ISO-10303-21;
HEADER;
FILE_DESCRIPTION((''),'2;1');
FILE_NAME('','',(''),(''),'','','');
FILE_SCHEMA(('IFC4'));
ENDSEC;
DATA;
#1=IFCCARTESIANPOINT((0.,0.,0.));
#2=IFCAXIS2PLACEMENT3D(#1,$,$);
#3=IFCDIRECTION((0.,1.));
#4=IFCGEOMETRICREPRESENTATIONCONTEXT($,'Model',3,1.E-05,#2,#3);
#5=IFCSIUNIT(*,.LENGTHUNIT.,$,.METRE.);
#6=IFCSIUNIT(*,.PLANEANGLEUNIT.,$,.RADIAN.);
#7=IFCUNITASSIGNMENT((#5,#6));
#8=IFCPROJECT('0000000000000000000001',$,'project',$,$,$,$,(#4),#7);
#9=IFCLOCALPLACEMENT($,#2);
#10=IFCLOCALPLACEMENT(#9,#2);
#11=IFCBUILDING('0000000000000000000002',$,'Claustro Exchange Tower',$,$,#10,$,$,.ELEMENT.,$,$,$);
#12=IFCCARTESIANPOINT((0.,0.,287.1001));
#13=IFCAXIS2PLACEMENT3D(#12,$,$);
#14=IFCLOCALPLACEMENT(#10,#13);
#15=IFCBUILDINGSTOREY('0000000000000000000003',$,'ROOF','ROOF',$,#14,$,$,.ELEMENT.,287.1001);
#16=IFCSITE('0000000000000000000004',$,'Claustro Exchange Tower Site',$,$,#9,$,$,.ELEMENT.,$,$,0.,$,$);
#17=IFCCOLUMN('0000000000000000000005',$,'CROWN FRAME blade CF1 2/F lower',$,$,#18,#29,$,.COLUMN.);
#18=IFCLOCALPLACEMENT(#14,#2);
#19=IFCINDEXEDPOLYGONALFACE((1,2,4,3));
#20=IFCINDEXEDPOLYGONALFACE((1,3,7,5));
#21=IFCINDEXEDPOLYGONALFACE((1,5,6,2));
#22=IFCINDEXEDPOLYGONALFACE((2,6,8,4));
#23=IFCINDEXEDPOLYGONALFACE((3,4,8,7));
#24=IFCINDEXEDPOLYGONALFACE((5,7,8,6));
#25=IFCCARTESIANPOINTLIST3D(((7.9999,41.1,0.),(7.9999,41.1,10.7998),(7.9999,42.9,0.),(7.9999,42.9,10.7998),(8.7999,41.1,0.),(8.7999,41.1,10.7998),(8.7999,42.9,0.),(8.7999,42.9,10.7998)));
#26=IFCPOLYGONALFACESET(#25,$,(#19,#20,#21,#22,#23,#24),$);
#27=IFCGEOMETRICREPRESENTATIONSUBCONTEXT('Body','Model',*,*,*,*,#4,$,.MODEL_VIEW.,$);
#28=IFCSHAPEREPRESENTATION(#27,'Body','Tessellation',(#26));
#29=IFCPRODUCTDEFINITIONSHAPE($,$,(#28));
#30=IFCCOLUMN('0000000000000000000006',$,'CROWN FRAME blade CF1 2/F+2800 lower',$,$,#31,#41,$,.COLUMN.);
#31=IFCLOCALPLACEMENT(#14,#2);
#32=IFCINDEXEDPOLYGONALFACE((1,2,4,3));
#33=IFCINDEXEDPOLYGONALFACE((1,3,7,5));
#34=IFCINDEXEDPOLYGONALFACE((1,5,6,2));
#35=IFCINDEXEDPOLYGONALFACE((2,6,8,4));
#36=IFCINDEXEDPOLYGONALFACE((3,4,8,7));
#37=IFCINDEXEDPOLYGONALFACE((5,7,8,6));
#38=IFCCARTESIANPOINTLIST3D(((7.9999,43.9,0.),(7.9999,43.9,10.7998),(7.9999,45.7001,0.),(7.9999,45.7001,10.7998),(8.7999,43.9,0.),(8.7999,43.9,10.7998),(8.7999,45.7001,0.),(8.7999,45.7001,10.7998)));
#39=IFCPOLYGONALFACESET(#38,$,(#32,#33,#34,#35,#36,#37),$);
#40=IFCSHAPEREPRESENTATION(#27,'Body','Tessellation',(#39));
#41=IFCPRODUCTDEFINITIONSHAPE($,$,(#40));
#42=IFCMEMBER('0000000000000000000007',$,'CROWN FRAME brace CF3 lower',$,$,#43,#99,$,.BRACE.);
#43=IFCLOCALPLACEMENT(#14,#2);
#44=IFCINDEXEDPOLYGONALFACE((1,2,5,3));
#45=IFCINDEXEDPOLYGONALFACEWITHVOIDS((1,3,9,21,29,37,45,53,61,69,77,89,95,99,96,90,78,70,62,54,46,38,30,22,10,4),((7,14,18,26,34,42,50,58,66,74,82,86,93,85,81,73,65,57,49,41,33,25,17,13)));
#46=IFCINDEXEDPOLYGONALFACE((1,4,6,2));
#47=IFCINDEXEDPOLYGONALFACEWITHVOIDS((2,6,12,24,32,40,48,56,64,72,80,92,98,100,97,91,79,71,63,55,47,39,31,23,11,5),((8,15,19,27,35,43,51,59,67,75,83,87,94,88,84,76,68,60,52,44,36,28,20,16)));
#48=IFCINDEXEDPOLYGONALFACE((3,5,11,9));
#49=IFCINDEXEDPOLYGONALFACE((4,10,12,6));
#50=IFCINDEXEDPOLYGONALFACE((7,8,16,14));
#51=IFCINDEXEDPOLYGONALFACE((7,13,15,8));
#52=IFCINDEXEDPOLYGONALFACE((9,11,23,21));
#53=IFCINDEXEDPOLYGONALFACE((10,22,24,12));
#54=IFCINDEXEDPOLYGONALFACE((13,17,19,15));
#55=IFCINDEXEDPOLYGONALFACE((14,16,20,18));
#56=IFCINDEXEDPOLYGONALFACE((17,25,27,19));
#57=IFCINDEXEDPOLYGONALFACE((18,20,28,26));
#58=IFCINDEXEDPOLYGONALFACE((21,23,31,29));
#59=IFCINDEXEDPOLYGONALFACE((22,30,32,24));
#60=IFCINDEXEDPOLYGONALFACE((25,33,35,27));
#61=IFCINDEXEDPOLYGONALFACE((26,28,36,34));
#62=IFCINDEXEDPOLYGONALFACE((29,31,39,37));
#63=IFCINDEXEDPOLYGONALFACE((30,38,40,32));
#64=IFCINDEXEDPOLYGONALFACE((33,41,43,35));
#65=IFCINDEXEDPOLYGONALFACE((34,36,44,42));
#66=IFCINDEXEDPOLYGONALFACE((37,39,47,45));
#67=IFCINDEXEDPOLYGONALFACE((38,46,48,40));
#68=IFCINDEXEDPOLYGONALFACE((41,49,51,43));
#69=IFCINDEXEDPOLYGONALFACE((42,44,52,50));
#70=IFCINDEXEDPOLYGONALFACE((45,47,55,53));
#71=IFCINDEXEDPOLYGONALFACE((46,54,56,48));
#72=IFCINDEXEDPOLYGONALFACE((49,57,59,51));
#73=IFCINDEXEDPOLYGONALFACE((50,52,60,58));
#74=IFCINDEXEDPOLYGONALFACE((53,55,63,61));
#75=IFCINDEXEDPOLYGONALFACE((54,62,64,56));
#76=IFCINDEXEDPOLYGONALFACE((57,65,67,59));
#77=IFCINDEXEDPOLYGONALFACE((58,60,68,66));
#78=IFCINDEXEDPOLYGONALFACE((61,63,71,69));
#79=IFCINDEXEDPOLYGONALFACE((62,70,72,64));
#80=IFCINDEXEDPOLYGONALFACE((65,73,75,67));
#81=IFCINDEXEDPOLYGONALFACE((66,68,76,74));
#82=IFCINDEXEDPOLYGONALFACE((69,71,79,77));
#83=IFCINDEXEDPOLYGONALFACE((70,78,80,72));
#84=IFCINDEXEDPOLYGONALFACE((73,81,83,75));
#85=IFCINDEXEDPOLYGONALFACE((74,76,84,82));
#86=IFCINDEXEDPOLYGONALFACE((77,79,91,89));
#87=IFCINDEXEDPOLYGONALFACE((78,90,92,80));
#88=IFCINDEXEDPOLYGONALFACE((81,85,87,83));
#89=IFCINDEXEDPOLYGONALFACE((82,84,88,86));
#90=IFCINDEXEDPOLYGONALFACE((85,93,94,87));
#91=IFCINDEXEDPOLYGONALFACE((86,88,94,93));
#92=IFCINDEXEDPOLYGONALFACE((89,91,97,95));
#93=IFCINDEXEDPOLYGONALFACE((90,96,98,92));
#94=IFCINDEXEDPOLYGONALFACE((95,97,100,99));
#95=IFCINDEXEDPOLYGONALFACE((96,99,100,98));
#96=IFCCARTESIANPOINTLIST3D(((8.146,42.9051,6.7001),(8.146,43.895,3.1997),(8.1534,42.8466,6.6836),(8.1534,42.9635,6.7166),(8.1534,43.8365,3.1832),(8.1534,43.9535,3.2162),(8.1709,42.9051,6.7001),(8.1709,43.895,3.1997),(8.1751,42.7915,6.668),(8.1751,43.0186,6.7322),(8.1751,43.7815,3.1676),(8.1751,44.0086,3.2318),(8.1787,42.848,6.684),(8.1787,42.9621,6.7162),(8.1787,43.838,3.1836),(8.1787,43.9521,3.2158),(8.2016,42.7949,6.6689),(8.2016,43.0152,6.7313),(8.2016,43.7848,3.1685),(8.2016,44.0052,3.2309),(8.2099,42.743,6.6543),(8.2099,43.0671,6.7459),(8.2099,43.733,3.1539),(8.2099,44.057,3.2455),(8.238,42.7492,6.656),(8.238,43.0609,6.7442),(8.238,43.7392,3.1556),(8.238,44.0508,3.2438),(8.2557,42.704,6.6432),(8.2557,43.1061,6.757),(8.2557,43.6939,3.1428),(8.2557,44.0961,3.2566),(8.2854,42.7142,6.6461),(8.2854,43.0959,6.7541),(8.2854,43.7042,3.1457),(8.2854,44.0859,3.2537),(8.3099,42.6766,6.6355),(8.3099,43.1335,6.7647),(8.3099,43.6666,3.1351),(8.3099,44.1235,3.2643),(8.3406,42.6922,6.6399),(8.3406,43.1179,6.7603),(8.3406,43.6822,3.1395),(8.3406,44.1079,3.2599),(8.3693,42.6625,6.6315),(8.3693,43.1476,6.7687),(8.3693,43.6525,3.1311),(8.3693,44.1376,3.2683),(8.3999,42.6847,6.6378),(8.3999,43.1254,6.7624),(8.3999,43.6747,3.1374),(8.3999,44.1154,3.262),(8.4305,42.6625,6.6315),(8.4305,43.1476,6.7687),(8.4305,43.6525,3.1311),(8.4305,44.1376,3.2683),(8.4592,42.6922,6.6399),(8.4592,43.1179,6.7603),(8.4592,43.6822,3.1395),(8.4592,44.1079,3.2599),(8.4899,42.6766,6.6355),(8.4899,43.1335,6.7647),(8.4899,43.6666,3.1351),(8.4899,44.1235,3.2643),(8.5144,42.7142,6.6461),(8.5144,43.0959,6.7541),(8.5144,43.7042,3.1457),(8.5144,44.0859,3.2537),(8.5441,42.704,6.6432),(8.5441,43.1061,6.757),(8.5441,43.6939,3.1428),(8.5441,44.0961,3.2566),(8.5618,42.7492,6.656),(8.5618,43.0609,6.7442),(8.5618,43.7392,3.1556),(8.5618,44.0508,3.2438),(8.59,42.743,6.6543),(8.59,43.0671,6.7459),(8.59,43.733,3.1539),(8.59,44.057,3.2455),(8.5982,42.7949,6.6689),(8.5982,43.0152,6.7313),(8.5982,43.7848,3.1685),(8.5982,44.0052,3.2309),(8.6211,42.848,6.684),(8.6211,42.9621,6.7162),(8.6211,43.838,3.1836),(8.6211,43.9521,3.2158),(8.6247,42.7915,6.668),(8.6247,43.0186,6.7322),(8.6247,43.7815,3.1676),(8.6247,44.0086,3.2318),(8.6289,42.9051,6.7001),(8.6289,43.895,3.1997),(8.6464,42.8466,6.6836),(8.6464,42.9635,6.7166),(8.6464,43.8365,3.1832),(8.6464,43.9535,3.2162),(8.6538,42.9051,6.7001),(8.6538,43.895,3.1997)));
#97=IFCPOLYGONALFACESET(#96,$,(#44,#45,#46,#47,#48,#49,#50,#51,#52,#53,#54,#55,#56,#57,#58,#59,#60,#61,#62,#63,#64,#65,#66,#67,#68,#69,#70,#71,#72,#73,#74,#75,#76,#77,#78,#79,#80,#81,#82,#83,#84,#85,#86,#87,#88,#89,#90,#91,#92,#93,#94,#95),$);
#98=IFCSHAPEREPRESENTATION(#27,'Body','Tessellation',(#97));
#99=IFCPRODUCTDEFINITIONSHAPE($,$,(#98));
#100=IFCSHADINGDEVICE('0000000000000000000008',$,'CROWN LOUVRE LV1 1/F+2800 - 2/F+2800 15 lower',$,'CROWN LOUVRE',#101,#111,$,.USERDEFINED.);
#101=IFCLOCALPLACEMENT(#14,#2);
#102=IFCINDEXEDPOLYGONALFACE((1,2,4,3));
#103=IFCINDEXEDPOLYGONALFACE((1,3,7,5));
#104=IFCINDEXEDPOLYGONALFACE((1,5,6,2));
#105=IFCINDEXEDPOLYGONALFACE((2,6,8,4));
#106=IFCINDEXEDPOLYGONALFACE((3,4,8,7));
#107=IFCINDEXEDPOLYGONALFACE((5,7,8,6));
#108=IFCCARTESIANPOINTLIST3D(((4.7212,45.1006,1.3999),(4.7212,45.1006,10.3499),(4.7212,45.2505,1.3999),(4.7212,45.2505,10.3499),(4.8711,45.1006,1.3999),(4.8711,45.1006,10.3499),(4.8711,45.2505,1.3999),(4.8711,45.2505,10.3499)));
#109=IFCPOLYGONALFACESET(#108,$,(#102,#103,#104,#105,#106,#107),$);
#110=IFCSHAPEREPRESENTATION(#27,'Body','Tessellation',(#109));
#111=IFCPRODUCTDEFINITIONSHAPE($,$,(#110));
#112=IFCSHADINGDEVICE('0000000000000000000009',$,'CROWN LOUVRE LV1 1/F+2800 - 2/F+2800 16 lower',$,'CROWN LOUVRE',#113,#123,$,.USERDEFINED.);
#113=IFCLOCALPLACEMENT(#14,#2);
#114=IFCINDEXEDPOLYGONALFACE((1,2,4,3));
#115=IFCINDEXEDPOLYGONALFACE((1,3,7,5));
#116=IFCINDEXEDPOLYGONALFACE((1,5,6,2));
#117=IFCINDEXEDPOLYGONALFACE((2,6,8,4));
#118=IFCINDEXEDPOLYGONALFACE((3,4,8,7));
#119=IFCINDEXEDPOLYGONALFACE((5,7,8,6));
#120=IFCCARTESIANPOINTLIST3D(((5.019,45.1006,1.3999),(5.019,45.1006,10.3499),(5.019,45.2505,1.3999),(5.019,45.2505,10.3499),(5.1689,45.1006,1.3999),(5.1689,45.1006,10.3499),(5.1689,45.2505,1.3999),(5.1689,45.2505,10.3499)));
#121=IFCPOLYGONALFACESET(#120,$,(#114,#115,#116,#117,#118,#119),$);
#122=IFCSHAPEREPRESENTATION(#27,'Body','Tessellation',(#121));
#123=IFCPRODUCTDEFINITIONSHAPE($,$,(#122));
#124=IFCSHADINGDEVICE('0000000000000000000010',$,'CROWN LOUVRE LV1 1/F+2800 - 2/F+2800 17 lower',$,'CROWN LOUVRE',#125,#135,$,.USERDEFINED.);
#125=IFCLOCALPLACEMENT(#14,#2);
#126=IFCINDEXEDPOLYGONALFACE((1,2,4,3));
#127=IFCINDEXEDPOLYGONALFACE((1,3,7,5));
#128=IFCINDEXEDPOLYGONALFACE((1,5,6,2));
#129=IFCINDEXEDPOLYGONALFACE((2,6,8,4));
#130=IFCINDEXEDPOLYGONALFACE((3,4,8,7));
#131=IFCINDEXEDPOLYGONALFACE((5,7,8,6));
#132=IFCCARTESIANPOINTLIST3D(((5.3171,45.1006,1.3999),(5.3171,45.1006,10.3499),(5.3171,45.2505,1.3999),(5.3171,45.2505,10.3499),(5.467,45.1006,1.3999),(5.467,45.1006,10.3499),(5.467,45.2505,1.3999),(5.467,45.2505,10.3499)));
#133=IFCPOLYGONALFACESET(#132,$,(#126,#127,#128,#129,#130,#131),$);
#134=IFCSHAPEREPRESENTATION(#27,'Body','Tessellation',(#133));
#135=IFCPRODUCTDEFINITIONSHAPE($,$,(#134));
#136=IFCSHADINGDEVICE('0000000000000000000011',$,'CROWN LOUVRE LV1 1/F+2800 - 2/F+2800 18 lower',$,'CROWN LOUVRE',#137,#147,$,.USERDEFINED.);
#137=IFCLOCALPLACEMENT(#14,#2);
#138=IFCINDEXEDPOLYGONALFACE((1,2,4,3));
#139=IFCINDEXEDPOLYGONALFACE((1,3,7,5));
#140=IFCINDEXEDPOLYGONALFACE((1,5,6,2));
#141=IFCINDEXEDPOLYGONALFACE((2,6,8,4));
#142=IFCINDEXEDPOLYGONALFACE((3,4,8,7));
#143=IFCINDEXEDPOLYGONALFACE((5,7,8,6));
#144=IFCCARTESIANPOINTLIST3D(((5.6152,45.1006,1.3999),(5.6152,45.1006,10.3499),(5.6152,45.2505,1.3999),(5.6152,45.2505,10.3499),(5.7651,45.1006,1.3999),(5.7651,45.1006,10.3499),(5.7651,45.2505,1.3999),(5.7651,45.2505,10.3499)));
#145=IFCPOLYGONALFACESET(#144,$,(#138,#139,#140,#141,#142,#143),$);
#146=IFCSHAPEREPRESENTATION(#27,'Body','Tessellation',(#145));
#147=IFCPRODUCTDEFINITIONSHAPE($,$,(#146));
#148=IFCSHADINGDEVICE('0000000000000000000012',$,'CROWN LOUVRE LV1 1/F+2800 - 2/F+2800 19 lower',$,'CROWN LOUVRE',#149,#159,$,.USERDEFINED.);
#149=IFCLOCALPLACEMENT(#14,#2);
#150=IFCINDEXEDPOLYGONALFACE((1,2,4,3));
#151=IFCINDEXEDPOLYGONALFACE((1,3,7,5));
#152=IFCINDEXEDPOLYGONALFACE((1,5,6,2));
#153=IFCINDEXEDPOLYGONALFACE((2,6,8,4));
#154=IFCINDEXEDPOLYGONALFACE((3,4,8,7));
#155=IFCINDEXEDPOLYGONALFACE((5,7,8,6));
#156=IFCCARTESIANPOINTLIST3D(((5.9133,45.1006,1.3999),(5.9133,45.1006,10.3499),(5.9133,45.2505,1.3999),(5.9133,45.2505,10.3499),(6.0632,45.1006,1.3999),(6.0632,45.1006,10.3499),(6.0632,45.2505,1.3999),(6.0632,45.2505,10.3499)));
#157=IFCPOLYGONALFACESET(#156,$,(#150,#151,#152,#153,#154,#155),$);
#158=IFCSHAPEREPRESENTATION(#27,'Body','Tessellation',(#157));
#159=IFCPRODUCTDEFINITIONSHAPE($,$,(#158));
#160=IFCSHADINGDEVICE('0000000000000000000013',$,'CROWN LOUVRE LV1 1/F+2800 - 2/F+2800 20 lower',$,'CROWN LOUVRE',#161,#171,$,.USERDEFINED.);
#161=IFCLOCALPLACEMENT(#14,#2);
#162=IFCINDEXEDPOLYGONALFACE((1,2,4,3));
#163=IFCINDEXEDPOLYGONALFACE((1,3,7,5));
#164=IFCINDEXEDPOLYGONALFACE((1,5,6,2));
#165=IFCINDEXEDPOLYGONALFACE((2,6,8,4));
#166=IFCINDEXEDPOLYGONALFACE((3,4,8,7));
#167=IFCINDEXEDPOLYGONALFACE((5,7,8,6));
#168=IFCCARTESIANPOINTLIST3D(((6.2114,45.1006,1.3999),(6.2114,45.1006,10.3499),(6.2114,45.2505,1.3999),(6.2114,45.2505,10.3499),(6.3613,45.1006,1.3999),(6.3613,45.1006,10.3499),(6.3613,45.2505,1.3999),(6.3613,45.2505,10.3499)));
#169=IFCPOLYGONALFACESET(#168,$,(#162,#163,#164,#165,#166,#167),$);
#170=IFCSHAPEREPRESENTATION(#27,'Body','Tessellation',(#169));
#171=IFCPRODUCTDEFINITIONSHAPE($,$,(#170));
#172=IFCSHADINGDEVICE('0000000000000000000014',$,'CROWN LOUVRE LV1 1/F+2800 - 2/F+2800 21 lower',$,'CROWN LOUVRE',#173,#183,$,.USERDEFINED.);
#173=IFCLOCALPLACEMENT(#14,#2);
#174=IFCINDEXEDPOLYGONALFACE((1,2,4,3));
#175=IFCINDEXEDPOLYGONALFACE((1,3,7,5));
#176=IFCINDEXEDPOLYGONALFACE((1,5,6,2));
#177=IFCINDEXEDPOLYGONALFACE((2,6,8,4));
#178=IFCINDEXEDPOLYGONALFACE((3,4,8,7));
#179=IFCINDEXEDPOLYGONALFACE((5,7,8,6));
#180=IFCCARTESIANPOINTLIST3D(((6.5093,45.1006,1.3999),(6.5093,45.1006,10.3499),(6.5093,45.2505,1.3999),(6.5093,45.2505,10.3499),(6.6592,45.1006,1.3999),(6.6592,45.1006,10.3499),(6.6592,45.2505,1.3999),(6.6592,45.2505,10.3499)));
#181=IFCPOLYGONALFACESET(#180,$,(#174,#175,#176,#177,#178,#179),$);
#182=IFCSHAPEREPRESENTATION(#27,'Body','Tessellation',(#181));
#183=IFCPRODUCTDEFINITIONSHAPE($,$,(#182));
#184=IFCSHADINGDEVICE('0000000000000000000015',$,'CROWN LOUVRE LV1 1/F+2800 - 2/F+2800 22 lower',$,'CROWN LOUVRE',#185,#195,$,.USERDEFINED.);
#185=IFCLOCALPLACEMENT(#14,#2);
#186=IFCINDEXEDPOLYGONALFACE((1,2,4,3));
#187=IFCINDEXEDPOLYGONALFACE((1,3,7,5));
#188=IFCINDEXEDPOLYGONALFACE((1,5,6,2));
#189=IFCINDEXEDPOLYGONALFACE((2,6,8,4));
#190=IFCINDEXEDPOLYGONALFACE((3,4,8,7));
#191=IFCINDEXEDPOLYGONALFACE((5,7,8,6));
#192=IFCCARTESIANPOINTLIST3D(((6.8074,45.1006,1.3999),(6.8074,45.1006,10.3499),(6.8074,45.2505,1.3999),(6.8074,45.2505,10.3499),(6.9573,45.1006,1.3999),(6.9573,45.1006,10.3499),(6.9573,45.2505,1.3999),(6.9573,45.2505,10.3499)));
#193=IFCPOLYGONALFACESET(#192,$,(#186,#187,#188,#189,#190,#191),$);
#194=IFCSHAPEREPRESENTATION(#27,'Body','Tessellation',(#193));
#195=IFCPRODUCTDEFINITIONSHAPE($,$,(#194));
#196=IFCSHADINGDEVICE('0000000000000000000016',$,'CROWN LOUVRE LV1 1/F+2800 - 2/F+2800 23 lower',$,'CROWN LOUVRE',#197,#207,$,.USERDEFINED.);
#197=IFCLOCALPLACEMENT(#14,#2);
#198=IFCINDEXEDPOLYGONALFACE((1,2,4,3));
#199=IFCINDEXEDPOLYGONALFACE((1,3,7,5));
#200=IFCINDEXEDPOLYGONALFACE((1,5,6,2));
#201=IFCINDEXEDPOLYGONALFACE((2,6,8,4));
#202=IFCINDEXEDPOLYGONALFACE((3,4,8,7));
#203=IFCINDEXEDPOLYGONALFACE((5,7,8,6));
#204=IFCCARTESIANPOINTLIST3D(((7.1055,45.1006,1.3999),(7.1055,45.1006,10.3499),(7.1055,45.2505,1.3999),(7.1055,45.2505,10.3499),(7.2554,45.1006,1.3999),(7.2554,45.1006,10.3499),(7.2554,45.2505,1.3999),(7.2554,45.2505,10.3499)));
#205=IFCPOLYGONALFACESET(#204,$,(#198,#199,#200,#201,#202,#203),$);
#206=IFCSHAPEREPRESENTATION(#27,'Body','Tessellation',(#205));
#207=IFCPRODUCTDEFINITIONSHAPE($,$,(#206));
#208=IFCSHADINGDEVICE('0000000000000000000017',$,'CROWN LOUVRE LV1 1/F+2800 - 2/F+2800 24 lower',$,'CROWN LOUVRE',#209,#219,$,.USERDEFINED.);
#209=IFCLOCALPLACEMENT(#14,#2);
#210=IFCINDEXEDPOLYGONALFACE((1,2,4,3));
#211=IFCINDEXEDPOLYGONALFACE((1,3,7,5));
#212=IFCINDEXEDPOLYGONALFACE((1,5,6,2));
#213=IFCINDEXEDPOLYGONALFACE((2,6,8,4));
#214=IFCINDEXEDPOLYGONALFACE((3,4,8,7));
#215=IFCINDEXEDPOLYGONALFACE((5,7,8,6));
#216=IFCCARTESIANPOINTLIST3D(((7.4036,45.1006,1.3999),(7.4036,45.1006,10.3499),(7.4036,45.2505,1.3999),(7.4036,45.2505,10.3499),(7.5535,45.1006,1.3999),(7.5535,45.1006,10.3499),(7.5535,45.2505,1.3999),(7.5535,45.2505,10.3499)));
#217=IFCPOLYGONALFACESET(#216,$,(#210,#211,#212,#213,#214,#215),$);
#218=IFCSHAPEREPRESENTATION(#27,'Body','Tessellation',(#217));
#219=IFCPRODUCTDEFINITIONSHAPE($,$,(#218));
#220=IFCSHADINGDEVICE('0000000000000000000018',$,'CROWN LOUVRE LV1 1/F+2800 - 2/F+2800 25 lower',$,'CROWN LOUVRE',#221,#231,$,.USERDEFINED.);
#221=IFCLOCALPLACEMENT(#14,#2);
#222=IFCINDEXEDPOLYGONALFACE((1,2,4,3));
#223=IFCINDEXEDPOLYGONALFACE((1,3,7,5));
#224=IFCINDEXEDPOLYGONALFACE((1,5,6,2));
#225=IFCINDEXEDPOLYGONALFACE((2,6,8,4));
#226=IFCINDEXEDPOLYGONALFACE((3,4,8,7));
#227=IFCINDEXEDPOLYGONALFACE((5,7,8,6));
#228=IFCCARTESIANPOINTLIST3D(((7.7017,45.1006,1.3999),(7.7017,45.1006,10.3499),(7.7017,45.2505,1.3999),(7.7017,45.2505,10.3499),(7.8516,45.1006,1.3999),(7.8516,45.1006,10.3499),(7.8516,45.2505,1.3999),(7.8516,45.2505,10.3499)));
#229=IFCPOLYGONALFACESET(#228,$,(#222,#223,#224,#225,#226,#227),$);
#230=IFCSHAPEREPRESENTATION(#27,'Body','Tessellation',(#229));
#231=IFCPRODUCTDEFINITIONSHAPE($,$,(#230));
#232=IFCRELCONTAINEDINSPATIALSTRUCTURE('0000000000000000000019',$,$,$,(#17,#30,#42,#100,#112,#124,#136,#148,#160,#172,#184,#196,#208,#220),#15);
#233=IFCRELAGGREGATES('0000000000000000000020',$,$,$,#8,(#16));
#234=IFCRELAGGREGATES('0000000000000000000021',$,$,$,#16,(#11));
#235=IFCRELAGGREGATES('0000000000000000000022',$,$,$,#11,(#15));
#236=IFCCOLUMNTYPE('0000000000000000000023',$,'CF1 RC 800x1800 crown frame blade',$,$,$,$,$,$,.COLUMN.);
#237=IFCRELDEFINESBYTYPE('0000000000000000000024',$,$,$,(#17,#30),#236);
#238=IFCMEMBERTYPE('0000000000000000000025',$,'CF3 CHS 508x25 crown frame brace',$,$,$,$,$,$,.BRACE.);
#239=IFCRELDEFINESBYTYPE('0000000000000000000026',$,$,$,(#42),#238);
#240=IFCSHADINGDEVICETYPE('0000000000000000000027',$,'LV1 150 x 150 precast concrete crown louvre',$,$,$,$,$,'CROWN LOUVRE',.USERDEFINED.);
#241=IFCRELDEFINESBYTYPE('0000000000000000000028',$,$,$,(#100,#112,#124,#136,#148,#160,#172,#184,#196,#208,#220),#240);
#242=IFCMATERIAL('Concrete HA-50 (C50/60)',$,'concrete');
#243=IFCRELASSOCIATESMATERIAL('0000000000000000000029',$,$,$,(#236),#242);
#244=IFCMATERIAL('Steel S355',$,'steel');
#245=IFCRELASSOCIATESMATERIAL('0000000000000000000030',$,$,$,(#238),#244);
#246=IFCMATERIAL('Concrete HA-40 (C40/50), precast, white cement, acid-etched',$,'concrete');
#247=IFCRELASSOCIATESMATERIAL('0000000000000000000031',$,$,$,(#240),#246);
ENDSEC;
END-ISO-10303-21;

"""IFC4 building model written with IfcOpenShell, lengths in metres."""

from ifc_helpers import new_model, si_unit, direction, frame, origin, origin_2d, place, context, subcontext, project, spatial, rectangle, hollow_circle, extrude, material, material_profile, profile_set, type_object, element, save


model = new_model("IFC4")

# Units and contexts
model_context = context("Model", 3, precision=1e-05, world=origin(), true_north=direction((0.0, 1.0)))
body_context = subcontext(model_context, "Body", "Model", "MODEL_VIEW")
ifc_project = project(units=[si_unit("LENGTHUNIT", "METRE"), si_unit("PLANEANGLEUNIT", "RADIAN")], contexts=[model_context])

# Site, building, storey
site_placement = place(None, origin())
site = spatial("IfcSite", under=ifc_project, at=site_placement, Name="Claustro Exchange Tower Site", CompositionType="ELEMENT", RefElevation=0.0)
building_placement = place(site_placement, origin())
building = spatial("IfcBuilding", under=site, at=building_placement, Name="Claustro Exchange Tower", CompositionType="ELEMENT")
storey_placement = place(building_placement, frame((0.0, 0.0, 287.1001)))
storey = spatial("IfcBuildingStorey", under=building, at=storey_placement, Name="ROOF", Description="ROOF", CompositionType="ELEMENT", Elevation=287.1001)

# Columns
ifc_material_1 = material(Name="Concrete HA-50 (C50/60)", Category="concrete")
ifc_material_profile_1 = material_profile(ifc_material_1, rectangle(XDim=0.8, YDim=1.8, at=origin_2d()), Name="RC 800x1800")
ifc_profile_set_1 = profile_set([ifc_material_profile_1], Name="Concrete HA-50 (C50/60)")
column_type = type_object("IfcColumnType", Name="CF1 RC 800x1800 crown frame blade", PredefinedType="COLUMN", material=ifc_profile_set_1)
for number, where, z_axis, x_axis, name in (
    (1, (8.3999, 42.0, 0.0), (0.0, 0.0, 1.0), (1.0, 0.0, 0.0), "CROWN FRAME blade CF1 2/F lower"),
    (2, (8.3999, 44.8, 0.0), (0.0, 0.0, 1.0), (1.0, 0.0, 0.0), "CROWN FRAME blade CF1 2/F+2800 lower"),
):
    element("IfcColumn", number, at=place(storey_placement, frame(where, z_axis=z_axis, x_axis=x_axis)), inside=storey, type_object=column_type, Name=name, PredefinedType="COLUMN", context=body_context, shape_type="SweptSolid", body=[
        extrude(rectangle(XDim=0.8, YDim=1.8, at=origin_2d()), origin(), (0.0, 0.0, 1.0), 10.7998),
    ])

# Member
ifc_material_2 = material(Name="Steel S355", Category="steel")
ifc_material_profile_2 = material_profile(ifc_material_2, hollow_circle(Radius=0.2539, WallThickness=0.0249, at=origin_2d()), Name="CHS 508x25")
ifc_profile_set_2 = profile_set([ifc_material_profile_2], Name="Steel S355")
member_type = type_object("IfcMemberType", Name="CF3 CHS 508x25 crown frame brace", PredefinedType="BRACE", material=ifc_profile_set_2)
member_placement = place(storey_placement, frame((8.3999, 43.895, 3.1997), z_axis=(0.0, -0.272141, 0.962257), x_axis=(1.0, 0.0, 0.0)))
element("IfcMember", 3, at=member_placement, inside=storey, type_object=member_type, Name="CROWN FRAME brace CF3 lower", PredefinedType="BRACE", context=body_context, shape_type="SweptSolid", body=[
    extrude(hollow_circle(Radius=0.2539, WallThickness=0.0249, at=origin_2d()), origin(), (0.0, 0.0, 1.0), 3.6377),
])

# Shading devices
ifc_material_3 = material(Name="Concrete HA-40 (C40/50), precast, white cement, acid-etched", Category="concrete")
shading_device_type = type_object("IfcShadingDeviceType", Name="LV1 150 x 150 precast concrete crown louvre", ElementType="CROWN LOUVRE", PredefinedType="USERDEFINED", material=ifc_material_3)
for number, where, z_axis, x_axis, name in (
    (4, (4.7961, 45.1755, 1.3999), (0.0, 0.0, 1.0), (1.0, 0.0, 0.0), "CROWN LOUVRE LV1 1/F+2800 - 2/F+2800 15 lower"),
    (5, (5.094, 45.1755, 1.3999), (0.0, 0.0, 1.0), (1.0, 0.0, 0.0), "CROWN LOUVRE LV1 1/F+2800 - 2/F+2800 16 lower"),
    (6, (5.3921, 45.1755, 1.3999), (0.0, 0.0, 1.0), (1.0, 0.0, 0.0), "CROWN LOUVRE LV1 1/F+2800 - 2/F+2800 17 lower"),
    (7, (5.6902, 45.1755, 1.3999), (0.0, 0.0, 1.0), (1.0, 0.0, 0.0), "CROWN LOUVRE LV1 1/F+2800 - 2/F+2800 18 lower"),
    (8, (5.9883, 45.1755, 1.3999), (0.0, 0.0, 1.0), (1.0, 0.0, 0.0), "CROWN LOUVRE LV1 1/F+2800 - 2/F+2800 19 lower"),
    (9, (6.2864, 45.1755, 1.3999), (0.0, 0.0, 1.0), (1.0, 0.0, 0.0), "CROWN LOUVRE LV1 1/F+2800 - 2/F+2800 20 lower"),
    (10, (6.5842, 45.1755, 1.3999), (0.0, 0.0, 1.0), (1.0, 0.0, 0.0), "CROWN LOUVRE LV1 1/F+2800 - 2/F+2800 21 lower"),
    (11, (6.8823, 45.1755, 1.3999), (0.0, 0.0, 1.0), (1.0, 0.0, 0.0), "CROWN LOUVRE LV1 1/F+2800 - 2/F+2800 22 lower"),
    (12, (7.1804, 45.1755, 1.3999), (0.0, 0.0, 1.0), (1.0, 0.0, 0.0), "CROWN LOUVRE LV1 1/F+2800 - 2/F+2800 23 lower"),
    (13, (7.4785, 45.1755, 1.3999), (0.0, 0.0, 1.0), (1.0, 0.0, 0.0), "CROWN LOUVRE LV1 1/F+2800 - 2/F+2800 24 lower"),
    (14, (7.7766, 45.1755, 1.3999), (0.0, 0.0, 1.0), (1.0, 0.0, 0.0), "CROWN LOUVRE LV1 1/F+2800 - 2/F+2800 25 lower"),
):
    element("IfcShadingDevice", number, at=place(storey_placement, frame(where, z_axis=z_axis, x_axis=x_axis)), inside=storey, type_object=shading_device_type, Name=name, ObjectType="CROWN LOUVRE", PredefinedType="USERDEFINED", context=body_context, shape_type="SweptSolid", body=[
        extrude(rectangle(XDim=0.1499, YDim=0.1499, at=origin_2d()), origin(), (0.0, 0.0, 1.0), 8.95),
    ])

save(model, "model.ifc")
